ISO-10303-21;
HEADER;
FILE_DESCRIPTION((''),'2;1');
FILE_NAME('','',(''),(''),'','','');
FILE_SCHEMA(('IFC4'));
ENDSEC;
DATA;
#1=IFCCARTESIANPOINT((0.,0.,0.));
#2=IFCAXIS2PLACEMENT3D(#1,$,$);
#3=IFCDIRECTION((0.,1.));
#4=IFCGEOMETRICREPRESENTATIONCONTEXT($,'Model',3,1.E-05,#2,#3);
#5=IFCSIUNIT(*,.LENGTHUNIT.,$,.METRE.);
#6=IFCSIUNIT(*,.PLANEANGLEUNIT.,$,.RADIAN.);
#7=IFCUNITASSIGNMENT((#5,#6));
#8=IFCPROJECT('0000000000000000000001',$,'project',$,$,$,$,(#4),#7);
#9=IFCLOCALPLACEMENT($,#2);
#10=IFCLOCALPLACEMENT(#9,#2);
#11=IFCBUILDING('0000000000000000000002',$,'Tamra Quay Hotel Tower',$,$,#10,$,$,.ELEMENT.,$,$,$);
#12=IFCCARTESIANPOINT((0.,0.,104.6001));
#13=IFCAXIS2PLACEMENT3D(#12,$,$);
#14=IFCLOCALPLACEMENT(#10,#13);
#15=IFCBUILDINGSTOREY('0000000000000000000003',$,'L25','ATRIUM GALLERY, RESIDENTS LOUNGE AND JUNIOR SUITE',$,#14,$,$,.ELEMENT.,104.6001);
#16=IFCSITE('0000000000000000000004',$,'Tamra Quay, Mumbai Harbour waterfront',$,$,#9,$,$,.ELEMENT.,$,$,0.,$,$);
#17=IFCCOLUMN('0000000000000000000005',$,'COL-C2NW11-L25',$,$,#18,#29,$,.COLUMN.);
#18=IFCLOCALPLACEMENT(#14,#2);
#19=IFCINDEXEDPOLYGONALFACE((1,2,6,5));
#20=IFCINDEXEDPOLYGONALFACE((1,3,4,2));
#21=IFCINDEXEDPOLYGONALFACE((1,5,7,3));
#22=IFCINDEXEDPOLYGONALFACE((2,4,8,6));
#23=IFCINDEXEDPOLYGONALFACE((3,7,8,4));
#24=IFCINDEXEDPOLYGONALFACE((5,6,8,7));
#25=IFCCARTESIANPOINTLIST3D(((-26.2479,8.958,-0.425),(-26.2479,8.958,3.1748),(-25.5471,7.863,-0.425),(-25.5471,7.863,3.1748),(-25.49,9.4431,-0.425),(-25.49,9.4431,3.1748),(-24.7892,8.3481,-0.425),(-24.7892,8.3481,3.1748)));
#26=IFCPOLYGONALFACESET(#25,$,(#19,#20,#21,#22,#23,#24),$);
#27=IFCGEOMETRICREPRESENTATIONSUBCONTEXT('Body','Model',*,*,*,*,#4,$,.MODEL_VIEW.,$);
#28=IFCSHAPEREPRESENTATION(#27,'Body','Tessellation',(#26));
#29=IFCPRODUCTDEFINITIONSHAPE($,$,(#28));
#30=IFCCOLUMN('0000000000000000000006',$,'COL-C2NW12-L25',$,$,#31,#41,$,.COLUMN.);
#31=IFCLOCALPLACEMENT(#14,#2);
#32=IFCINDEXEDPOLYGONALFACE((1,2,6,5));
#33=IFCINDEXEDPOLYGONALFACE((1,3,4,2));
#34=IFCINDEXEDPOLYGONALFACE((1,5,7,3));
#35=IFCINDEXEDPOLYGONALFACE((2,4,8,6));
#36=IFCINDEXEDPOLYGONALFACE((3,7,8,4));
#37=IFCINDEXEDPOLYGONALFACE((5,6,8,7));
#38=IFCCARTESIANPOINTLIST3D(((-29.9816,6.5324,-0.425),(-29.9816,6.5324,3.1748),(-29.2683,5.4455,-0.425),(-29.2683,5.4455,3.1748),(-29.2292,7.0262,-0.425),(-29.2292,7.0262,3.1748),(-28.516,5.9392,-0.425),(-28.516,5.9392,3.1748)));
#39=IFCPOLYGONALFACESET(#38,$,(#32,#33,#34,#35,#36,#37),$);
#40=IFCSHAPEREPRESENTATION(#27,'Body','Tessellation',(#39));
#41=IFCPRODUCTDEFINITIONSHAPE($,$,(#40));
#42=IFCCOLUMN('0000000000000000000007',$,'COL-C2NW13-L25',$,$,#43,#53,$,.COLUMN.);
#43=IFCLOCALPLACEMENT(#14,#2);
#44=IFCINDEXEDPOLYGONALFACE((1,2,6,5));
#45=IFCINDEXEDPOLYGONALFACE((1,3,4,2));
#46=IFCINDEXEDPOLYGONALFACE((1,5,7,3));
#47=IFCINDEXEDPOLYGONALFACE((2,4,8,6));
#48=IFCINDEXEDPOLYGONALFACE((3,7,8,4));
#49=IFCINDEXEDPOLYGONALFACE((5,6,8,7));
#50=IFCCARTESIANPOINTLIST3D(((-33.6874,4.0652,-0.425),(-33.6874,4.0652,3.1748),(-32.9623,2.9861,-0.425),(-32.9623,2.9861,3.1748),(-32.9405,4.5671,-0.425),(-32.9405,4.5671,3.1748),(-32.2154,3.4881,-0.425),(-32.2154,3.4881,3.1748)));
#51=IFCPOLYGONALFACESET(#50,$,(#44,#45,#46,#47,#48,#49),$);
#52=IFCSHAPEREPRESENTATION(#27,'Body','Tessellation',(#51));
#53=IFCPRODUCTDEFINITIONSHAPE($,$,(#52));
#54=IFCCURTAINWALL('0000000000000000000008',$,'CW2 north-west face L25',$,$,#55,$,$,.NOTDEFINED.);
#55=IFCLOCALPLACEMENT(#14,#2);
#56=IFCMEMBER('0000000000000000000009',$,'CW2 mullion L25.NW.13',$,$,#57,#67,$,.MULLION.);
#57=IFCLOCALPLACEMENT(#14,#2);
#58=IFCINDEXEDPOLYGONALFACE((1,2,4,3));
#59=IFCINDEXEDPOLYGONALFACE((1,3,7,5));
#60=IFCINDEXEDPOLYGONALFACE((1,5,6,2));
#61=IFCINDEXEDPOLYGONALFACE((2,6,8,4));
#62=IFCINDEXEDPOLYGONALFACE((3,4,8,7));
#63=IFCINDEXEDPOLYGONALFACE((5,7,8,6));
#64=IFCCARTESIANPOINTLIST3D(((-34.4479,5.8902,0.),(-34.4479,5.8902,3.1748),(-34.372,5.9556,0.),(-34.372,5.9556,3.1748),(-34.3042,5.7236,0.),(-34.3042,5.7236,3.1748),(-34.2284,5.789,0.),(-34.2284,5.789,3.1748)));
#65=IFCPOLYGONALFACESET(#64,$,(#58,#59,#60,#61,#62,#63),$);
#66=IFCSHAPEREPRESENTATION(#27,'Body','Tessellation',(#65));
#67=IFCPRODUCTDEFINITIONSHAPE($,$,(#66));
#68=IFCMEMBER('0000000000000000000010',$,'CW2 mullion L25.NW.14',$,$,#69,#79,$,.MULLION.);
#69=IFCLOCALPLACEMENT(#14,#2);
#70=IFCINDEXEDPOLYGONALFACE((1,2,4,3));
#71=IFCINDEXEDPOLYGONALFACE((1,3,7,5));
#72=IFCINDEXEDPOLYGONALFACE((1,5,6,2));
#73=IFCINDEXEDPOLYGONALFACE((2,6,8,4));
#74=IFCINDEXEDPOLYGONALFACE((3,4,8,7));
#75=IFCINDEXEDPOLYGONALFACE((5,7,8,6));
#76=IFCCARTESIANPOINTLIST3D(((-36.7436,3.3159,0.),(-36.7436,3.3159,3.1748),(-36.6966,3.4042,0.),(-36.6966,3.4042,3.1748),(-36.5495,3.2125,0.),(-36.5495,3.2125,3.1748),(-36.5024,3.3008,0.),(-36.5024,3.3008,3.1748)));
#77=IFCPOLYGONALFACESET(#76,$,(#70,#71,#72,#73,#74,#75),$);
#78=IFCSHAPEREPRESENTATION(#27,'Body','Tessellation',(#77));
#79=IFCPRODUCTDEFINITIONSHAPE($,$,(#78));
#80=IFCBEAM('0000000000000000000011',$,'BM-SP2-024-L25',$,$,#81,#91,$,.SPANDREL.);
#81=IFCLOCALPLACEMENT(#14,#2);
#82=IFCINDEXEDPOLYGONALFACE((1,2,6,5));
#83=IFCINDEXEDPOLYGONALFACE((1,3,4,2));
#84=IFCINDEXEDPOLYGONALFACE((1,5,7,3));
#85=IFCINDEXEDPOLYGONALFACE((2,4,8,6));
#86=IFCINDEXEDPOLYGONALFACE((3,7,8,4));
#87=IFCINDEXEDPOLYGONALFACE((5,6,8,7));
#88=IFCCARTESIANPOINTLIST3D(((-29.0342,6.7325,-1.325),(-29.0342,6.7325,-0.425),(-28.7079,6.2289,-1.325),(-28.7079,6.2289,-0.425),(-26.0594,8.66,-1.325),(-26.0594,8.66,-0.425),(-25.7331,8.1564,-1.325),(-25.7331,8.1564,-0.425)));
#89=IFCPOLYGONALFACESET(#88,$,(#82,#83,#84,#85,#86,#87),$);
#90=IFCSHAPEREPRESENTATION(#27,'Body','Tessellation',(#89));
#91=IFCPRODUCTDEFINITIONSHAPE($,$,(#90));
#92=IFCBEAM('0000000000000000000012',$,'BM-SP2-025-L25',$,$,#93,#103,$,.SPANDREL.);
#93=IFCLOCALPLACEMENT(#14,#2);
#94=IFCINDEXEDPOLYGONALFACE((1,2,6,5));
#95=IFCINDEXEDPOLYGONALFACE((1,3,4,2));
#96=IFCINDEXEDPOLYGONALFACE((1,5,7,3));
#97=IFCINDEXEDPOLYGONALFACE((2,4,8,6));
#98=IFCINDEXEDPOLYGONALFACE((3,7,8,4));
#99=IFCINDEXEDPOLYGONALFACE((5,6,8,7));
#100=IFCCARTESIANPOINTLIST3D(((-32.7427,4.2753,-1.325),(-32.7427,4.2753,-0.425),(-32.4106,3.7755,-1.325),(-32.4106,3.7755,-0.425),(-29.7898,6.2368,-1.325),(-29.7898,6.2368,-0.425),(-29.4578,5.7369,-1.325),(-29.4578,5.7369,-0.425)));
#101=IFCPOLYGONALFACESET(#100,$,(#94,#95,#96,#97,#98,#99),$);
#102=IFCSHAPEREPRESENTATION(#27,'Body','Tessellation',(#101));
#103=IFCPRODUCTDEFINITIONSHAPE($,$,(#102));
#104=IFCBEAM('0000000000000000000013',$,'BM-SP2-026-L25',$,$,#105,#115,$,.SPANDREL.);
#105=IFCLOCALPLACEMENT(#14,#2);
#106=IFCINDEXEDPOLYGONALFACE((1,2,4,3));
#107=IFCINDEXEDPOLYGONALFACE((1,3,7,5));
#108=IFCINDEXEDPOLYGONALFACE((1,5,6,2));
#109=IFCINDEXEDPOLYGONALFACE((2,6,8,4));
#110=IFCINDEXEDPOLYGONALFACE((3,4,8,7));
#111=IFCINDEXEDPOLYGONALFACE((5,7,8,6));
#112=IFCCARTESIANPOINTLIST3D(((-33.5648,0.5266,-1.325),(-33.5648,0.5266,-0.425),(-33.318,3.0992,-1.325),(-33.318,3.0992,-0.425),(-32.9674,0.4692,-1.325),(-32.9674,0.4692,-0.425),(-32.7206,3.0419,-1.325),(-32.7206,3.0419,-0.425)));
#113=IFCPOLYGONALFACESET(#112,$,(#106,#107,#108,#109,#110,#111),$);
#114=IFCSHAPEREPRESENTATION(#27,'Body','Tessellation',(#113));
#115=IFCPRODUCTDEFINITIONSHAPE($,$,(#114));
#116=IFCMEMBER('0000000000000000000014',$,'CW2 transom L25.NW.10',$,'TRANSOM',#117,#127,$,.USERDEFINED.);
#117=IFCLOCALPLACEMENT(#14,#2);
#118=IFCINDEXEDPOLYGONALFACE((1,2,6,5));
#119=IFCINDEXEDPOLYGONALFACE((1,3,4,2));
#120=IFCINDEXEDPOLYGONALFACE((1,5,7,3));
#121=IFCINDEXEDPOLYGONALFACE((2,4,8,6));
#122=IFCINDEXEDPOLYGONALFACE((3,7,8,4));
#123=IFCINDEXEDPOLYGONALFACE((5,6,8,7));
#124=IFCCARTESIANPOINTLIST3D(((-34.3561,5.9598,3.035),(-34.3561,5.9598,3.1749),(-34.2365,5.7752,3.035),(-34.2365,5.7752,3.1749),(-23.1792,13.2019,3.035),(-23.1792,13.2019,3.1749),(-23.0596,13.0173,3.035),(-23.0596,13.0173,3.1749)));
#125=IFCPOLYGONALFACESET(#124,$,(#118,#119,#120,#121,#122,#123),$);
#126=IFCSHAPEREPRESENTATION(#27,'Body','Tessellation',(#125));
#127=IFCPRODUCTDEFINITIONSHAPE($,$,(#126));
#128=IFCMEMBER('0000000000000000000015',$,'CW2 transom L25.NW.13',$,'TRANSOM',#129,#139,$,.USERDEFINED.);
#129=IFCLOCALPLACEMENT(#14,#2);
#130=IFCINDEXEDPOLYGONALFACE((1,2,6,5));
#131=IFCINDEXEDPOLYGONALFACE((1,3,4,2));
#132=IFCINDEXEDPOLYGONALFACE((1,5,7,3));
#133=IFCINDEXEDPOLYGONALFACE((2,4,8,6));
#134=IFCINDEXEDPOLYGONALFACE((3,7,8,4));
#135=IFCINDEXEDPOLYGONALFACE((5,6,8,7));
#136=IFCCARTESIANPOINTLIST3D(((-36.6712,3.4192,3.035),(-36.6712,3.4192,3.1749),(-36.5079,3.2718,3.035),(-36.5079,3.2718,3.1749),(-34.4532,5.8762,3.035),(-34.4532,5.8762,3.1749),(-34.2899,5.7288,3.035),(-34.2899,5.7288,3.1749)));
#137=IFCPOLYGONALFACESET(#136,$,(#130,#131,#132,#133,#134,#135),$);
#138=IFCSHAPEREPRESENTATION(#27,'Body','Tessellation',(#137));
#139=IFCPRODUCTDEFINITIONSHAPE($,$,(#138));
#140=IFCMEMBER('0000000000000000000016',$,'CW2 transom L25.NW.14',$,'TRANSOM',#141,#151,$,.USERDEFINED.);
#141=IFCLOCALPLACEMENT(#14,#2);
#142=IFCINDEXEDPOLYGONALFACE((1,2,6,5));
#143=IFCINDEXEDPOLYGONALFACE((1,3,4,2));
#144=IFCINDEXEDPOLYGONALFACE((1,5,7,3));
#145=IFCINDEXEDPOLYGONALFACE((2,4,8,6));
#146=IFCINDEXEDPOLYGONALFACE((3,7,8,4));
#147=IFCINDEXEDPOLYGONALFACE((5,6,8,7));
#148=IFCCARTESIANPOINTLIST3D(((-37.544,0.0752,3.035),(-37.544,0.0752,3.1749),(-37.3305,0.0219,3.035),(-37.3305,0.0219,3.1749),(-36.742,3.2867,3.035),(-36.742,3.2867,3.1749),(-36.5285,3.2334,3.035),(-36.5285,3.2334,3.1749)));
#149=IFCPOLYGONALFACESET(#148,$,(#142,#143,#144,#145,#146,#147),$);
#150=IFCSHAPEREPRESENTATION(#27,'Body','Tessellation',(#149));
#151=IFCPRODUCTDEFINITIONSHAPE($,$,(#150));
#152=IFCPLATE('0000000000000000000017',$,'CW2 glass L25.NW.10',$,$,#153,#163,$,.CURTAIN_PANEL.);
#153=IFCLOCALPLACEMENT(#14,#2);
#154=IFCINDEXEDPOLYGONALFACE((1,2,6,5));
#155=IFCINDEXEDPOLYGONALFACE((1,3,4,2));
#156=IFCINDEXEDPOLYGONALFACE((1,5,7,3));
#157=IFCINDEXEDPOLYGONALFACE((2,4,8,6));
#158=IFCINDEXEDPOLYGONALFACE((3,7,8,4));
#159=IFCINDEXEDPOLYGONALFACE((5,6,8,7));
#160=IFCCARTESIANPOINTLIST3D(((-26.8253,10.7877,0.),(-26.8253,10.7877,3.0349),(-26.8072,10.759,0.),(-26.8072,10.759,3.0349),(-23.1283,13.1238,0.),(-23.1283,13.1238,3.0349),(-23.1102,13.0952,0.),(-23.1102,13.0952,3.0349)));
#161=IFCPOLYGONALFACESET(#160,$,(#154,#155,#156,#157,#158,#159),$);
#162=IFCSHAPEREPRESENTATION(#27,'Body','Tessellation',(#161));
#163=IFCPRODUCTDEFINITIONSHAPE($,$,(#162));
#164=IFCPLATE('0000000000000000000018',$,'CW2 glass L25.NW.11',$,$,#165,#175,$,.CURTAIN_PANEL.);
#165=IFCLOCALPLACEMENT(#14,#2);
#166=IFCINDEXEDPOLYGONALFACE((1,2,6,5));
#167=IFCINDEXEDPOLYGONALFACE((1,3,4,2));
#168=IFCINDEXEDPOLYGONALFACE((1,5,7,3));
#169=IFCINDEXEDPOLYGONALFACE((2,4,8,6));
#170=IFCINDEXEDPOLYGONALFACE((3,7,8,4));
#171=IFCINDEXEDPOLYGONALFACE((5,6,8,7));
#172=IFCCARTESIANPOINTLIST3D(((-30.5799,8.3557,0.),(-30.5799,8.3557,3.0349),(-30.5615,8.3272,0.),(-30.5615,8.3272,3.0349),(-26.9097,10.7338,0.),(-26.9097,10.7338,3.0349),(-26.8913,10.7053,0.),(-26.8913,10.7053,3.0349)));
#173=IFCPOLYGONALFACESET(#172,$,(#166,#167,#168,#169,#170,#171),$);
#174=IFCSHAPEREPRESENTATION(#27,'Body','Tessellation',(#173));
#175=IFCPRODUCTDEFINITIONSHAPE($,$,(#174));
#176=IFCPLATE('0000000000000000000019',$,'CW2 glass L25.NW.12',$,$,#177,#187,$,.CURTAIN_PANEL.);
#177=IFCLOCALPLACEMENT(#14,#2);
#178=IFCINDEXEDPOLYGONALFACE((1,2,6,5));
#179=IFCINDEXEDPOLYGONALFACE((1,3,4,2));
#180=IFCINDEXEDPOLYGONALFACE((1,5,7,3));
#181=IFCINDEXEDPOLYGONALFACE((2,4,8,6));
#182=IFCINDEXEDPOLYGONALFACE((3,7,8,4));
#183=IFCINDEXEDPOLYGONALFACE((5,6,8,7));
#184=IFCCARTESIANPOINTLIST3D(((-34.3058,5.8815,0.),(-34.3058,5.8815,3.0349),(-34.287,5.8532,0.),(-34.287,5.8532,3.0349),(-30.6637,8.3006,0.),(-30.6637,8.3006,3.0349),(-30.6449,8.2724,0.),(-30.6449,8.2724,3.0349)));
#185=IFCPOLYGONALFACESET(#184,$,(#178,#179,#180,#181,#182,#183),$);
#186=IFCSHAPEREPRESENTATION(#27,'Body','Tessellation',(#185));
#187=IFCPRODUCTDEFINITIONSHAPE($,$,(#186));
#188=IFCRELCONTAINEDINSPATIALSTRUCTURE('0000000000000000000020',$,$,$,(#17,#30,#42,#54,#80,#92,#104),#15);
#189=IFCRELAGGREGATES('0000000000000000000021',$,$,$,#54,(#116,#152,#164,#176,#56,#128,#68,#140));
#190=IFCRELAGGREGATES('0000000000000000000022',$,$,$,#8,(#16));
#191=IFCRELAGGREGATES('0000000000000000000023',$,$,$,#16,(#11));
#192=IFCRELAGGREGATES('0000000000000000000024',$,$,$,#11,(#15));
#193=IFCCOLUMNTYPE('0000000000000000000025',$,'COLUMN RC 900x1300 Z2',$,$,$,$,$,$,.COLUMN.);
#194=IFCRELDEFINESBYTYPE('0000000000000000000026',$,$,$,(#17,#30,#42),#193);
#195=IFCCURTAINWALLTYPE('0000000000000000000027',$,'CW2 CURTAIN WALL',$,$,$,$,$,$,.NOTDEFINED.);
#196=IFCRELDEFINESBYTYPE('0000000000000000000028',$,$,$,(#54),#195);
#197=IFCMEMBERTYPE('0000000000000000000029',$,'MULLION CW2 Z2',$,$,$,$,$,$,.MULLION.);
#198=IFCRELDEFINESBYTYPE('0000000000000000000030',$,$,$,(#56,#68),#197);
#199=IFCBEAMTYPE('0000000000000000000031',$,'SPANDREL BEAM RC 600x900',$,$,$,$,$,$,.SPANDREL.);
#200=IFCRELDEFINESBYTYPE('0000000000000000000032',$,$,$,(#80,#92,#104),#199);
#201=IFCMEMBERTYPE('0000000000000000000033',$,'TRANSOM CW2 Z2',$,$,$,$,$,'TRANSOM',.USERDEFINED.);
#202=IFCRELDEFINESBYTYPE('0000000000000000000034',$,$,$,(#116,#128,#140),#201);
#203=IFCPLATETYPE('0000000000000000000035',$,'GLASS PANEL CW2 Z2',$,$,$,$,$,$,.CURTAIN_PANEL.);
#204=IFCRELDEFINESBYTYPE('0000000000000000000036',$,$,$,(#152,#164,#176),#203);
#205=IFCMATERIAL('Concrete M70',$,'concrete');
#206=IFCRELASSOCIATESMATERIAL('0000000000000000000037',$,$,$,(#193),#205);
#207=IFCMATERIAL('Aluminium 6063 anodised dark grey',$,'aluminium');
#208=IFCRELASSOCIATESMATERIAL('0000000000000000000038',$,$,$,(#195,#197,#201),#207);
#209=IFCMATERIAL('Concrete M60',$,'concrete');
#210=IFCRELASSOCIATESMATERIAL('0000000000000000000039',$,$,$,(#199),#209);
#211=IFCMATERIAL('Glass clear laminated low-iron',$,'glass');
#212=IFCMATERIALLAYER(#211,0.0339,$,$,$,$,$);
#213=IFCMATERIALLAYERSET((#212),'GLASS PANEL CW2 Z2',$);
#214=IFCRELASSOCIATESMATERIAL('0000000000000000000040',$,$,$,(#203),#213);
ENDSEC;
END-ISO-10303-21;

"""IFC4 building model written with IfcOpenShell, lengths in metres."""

from ifc_helpers import new_model, si_unit, direction, frame, origin, origin_2d, place, context, subcontext, project, spatial, rectangle, extrude, material, layer, layer_set, material_profile, profile_set, type_object, element, aggregate, save


model = new_model("IFC4")

# Units and contexts
model_context = context("Model", 3, precision=1e-05, world=origin(), true_north=direction((0.0, 1.0)))
body_context = subcontext(model_context, "Body", "Model", "MODEL_VIEW")
ifc_project = project(units=[si_unit("LENGTHUNIT", "METRE"), si_unit("PLANEANGLEUNIT", "RADIAN")], contexts=[model_context])

# Site, building, storey
site_placement = place(None, origin())
site = spatial("IfcSite", under=ifc_project, at=site_placement, Name="Tamra Quay, Mumbai Harbour waterfront", CompositionType="ELEMENT", RefElevation=0.0)
building_placement = place(site_placement, origin())
building = spatial("IfcBuilding", under=site, at=building_placement, Name="Tamra Quay Hotel Tower", CompositionType="ELEMENT")
storey_placement = place(building_placement, frame((0.0, 0.0, 104.6001)))
storey = spatial("IfcBuildingStorey", under=building, at=storey_placement, Name="L25", Description="ATRIUM GALLERY, RESIDENTS LOUNGE AND JUNIOR SUITE", CompositionType="ELEMENT", Elevation=104.6001)

# Columns
ifc_material_1 = material(Name="Concrete M70", Category="concrete")
ifc_material_profile_1 = material_profile(ifc_material_1, rectangle(XDim=1.3, YDim=0.8999, at=origin_2d()), Name="COLUMN RC 900x1300 Z2")
ifc_profile_set_1 = profile_set([ifc_material_profile_1], Name="Concrete M70")
column_type = type_object("IfcColumnType", Name="COLUMN RC 900x1300 Z2", PredefinedType="COLUMN", material=ifc_profile_set_1)
for number, where, z_axis, x_axis, name in (
    (1, (-25.5186, 8.6531, -0.425), (0.0, 0.0, 1.0), (-0.539065, 0.842264, 0.0), "COL-C2NW11-L25"),
    (2, (-29.2488, 6.2358, -0.425), (0.0, 0.0, 1.0), (-0.548641, 0.836058, 0.0), "COL-C2NW12-L25"),
    (3, (-32.9514, 3.7766, -0.425), (0.0, 0.0, 1.0), (-0.557767, 0.829998, 0.0), "COL-C2NW13-L25"),
):
    element("IfcColumn", number, at=place(storey_placement, frame(where, z_axis=z_axis, x_axis=x_axis)), inside=storey, type_object=column_type, Name=name, PredefinedType="COLUMN", context=body_context, shape_type="SweptSolid", body=[
        extrude(rectangle(XDim=1.3, YDim=0.8999, at=origin_2d()), origin(), (0.0, 0.0, 1.0), 3.5999),
    ])

# Curtain wall, members
ifc_material_2 = material(Name="Aluminium 6063 anodised dark grey", Category="aluminium")
curtain_wall_type = type_object("IfcCurtainWallType", Name="CW2 CURTAIN WALL", PredefinedType="NOTDEFINED", material=ifc_material_2)
curtain_wall_placement = place(storey_placement, origin())
curtain_wall = element("IfcCurtainWall", 4, at=curtain_wall_placement, inside=storey, type_object=curtain_wall_type, Name="CW2 north-west face L25", PredefinedType="NOTDEFINED")
ifc_material_profile_2 = material_profile(ifc_material_2, rectangle(XDim=0.22, YDim=0.1001, at=origin_2d()), Name="MULLION 100X220")
ifc_profile_set_2 = profile_set([ifc_material_profile_2], Name="Aluminium 6063 anodised dark grey")
member_type_1 = type_object("IfcMemberType", Name="MULLION CW2 Z2", PredefinedType="MULLION", material=ifc_profile_set_2)
member_1_placement = place(storey_placement, frame((-34.3381, 5.8396, 0.0), z_axis=(0.0, 0.0, 1.0), x_axis=(-0.652887, 0.757455, 0.0)))
member_1 = element("IfcMember", 5, at=member_1_placement, type_object=member_type_1, Name="CW2 mullion L25.NW.13", PredefinedType="MULLION", context=body_context, shape_type="SweptSolid", body=[
    extrude(rectangle(XDim=0.22, YDim=0.1001, at=origin_2d()), origin(), (0.0, 0.0, 1.0), 3.1748),
])
member_2_placement = place(storey_placement, frame((-36.623, 3.3083, 0.0), z_axis=(0.0, 0.0, 1.0), x_axis=(-0.882544, 0.47023, 0.0)))
member_2 = element("IfcMember", 6, at=member_2_placement, type_object=member_type_1, Name="CW2 mullion L25.NW.14", PredefinedType="MULLION", context=body_context, shape_type="SweptSolid", body=[
    extrude(rectangle(XDim=0.22, YDim=0.1001, at=origin_2d()), origin(), (0.0, 0.0, 1.0), 3.1748),
])

# Beams
ifc_material_3 = material(Name="Concrete M60", Category="concrete")
ifc_material_profile_3 = material_profile(ifc_material_3, rectangle(XDim=0.6001, YDim=0.8999, at=origin_2d()), Name="SPANDREL BEAM RC 600x900")
ifc_profile_set_3 = profile_set([ifc_material_profile_3], Name="Concrete M60")
beam_type = type_object("IfcBeamType", Name="SPANDREL BEAM RC 600x900", PredefinedType="SPANDREL", material=ifc_profile_set_3)
beam_1_placement = place(storey_placement, frame((-25.8962, 8.4082, -0.875), z_axis=(-0.839237, -0.543765, 0.0), x_axis=(0.543765, -0.839237, 0.0)))
element("IfcBeam", 7, at=beam_1_placement, inside=storey, type_object=beam_type, Name="BM-SP2-024-L25", PredefinedType="SPANDREL", context=body_context, shape_type="SweptSolid", body=[
    extrude(rectangle(XDim=0.6001, YDim=0.8999, at=origin_2d()), origin(), (0.0, 0.0, 1.0), 3.5447),
])
beam_2_placement = place(storey_placement, frame((-29.6238, 5.9868, -0.875), z_axis=(-0.832982, -0.553301, 0.0), x_axis=(0.553301, -0.832982, 0.0)))
element("IfcBeam", 8, at=beam_2_placement, inside=storey, type_object=beam_type, Name="BM-SP2-025-L25", PredefinedType="SPANDREL", context=body_context, shape_type="SweptSolid", body=[
    extrude(rectangle(XDim=0.6001, YDim=0.8999, at=origin_2d()), origin(), (0.0, 0.0, 1.0), 3.5449),
])
beam_3_placement = place(storey_placement, frame((-33.0193, 3.0706, -0.875), z_axis=(-0.0955, -0.995429, 0.0), x_axis=(0.995429, -0.0955, 0.0)))
element("IfcBeam", 9, at=beam_3_placement, inside=storey, type_object=beam_type, Name="BM-SP2-026-L25", PredefinedType="SPANDREL", context=body_context, shape_type="SweptSolid", body=[
    extrude(rectangle(XDim=0.6001, YDim=0.8999, at=origin_2d()), origin(), (0.0, 0.0, 1.0), 2.5845),
])

# Members
ifc_material_profile_4 = material_profile(ifc_material_2, rectangle(XDim=0.22, YDim=0.1399, at=origin_2d()), Name="TRANSOM 220X140")
ifc_profile_set_4 = profile_set([ifc_material_profile_4], Name="Aluminium 6063 anodised dark grey")
member_type_2 = type_object("IfcMemberType", Name="TRANSOM CW2 Z2", ElementType="TRANSOM", PredefinedType="USERDEFINED", material=ifc_profile_set_4)
member_3_placement = place(storey_placement, frame((-23.1194, 13.1096, 3.105), z_axis=(-0.839227, -0.543781, 0.0), x_axis=(0.543781, -0.839227, 0.0)))
member_3 = element("IfcMember", 10, at=member_3_placement, type_object=member_type_2, Name="CW2 transom L25.NW.10", ObjectType="TRANSOM", PredefinedType="USERDEFINED", context=body_context, shape_type="SweptSolid", body=[
    extrude(rectangle(XDim=0.22, YDim=0.1399, at=origin_2d()), origin(), (0.0, 0.0, 1.0), 13.3181),
])
member_4_placement = place(storey_placement, frame((-34.3716, 5.8025, 3.105), z_axis=(-0.670081, -0.742288, 0.0), x_axis=(0.742288, -0.670081, 0.0)))
member_4 = element("IfcMember", 11, at=member_4_placement, type_object=member_type_2, Name="CW2 transom L25.NW.13", ObjectType="TRANSOM", PredefinedType="USERDEFINED", context=body_context, shape_type="SweptSolid", body=[
    extrude(rectangle(XDim=0.22, YDim=0.1399, at=origin_2d()), origin(), (0.0, 0.0, 1.0), 3.3101),
])
member_5_placement = place(storey_placement, frame((-36.6353, 3.26, 3.105), z_axis=(-0.242293, -0.970203, 0.0), x_axis=(0.970203, -0.242293, 0.0)))
member_5 = element("IfcMember", 12, at=member_5_placement, type_object=member_type_2, Name="CW2 transom L25.NW.14", ObjectType="TRANSOM", PredefinedType="USERDEFINED", context=body_context, shape_type="SweptSolid", body=[
    extrude(rectangle(XDim=0.22, YDim=0.1399, at=origin_2d()), origin(), (0.0, 0.0, 1.0), 3.3101),
])

# Plates
ifc_material_4 = material(Name="Glass clear laminated low-iron", Category="glass")
ifc_layer_1 = layer(ifc_material_4, 0.0339)
ifc_layer_set_1 = layer_set([ifc_layer_1], Name="GLASS PANEL CW2 Z2")
plate_type = type_object("IfcPlateType", Name="GLASS PANEL CW2 Z2", PredefinedType="CURTAIN_PANEL", material=ifc_layer_set_1)
plate_1_placement = place(storey_placement, frame((-24.9678, 11.9414, 0.0), z_axis=(0.0, 0.0, 1.0), x_axis=(-0.845362, -0.534193, 0.0)))
plate_1 = element("IfcPlate", 13, at=plate_1_placement, type_object=plate_type, Name="CW2 glass L25.NW.10", PredefinedType="CURTAIN_PANEL", context=body_context, shape_type="SweptSolid", body=[
    extrude(rectangle(XDim=4.3733, YDim=0.0339, at=origin_2d()), origin(), (0.0, 0.0, 1.0), 3.0349),
])
plate_2_placement = place(storey_placement, frame((-28.7356, 9.5305, 0.0), z_axis=(0.0, 0.0, 1.0), x_axis=(-0.839224, -0.543786, 0.0)))
plate_2 = element("IfcPlate", 14, at=plate_2_placement, type_object=plate_type, Name="CW2 glass L25.NW.11", PredefinedType="CURTAIN_PANEL", context=body_context, shape_type="SweptSolid", body=[
    extrude(rectangle(XDim=4.3733, YDim=0.0339, at=origin_2d()), origin(), (0.0, 0.0, 1.0), 3.0349),
])
plate_3_placement = place(storey_placement, frame((-32.4753, 7.0769, 0.0), z_axis=(0.0, 0.0, 1.0), x_axis=(-0.832988, -0.553291, 0.0)))
plate_3 = element("IfcPlate", 15, at=plate_3_placement, type_object=plate_type, Name="CW2 glass L25.NW.12", PredefinedType="CURTAIN_PANEL", context=body_context, shape_type="SweptSolid", body=[
    extrude(rectangle(XDim=4.3723, YDim=0.0339, at=origin_2d()), origin(), (0.0, 0.0, 1.0), 3.0349),
])
aggregate(curtain_wall, [member_3, plate_1, plate_2, plate_3, member_1, member_4, member_2, member_5])

save(model, "model.ifc")
